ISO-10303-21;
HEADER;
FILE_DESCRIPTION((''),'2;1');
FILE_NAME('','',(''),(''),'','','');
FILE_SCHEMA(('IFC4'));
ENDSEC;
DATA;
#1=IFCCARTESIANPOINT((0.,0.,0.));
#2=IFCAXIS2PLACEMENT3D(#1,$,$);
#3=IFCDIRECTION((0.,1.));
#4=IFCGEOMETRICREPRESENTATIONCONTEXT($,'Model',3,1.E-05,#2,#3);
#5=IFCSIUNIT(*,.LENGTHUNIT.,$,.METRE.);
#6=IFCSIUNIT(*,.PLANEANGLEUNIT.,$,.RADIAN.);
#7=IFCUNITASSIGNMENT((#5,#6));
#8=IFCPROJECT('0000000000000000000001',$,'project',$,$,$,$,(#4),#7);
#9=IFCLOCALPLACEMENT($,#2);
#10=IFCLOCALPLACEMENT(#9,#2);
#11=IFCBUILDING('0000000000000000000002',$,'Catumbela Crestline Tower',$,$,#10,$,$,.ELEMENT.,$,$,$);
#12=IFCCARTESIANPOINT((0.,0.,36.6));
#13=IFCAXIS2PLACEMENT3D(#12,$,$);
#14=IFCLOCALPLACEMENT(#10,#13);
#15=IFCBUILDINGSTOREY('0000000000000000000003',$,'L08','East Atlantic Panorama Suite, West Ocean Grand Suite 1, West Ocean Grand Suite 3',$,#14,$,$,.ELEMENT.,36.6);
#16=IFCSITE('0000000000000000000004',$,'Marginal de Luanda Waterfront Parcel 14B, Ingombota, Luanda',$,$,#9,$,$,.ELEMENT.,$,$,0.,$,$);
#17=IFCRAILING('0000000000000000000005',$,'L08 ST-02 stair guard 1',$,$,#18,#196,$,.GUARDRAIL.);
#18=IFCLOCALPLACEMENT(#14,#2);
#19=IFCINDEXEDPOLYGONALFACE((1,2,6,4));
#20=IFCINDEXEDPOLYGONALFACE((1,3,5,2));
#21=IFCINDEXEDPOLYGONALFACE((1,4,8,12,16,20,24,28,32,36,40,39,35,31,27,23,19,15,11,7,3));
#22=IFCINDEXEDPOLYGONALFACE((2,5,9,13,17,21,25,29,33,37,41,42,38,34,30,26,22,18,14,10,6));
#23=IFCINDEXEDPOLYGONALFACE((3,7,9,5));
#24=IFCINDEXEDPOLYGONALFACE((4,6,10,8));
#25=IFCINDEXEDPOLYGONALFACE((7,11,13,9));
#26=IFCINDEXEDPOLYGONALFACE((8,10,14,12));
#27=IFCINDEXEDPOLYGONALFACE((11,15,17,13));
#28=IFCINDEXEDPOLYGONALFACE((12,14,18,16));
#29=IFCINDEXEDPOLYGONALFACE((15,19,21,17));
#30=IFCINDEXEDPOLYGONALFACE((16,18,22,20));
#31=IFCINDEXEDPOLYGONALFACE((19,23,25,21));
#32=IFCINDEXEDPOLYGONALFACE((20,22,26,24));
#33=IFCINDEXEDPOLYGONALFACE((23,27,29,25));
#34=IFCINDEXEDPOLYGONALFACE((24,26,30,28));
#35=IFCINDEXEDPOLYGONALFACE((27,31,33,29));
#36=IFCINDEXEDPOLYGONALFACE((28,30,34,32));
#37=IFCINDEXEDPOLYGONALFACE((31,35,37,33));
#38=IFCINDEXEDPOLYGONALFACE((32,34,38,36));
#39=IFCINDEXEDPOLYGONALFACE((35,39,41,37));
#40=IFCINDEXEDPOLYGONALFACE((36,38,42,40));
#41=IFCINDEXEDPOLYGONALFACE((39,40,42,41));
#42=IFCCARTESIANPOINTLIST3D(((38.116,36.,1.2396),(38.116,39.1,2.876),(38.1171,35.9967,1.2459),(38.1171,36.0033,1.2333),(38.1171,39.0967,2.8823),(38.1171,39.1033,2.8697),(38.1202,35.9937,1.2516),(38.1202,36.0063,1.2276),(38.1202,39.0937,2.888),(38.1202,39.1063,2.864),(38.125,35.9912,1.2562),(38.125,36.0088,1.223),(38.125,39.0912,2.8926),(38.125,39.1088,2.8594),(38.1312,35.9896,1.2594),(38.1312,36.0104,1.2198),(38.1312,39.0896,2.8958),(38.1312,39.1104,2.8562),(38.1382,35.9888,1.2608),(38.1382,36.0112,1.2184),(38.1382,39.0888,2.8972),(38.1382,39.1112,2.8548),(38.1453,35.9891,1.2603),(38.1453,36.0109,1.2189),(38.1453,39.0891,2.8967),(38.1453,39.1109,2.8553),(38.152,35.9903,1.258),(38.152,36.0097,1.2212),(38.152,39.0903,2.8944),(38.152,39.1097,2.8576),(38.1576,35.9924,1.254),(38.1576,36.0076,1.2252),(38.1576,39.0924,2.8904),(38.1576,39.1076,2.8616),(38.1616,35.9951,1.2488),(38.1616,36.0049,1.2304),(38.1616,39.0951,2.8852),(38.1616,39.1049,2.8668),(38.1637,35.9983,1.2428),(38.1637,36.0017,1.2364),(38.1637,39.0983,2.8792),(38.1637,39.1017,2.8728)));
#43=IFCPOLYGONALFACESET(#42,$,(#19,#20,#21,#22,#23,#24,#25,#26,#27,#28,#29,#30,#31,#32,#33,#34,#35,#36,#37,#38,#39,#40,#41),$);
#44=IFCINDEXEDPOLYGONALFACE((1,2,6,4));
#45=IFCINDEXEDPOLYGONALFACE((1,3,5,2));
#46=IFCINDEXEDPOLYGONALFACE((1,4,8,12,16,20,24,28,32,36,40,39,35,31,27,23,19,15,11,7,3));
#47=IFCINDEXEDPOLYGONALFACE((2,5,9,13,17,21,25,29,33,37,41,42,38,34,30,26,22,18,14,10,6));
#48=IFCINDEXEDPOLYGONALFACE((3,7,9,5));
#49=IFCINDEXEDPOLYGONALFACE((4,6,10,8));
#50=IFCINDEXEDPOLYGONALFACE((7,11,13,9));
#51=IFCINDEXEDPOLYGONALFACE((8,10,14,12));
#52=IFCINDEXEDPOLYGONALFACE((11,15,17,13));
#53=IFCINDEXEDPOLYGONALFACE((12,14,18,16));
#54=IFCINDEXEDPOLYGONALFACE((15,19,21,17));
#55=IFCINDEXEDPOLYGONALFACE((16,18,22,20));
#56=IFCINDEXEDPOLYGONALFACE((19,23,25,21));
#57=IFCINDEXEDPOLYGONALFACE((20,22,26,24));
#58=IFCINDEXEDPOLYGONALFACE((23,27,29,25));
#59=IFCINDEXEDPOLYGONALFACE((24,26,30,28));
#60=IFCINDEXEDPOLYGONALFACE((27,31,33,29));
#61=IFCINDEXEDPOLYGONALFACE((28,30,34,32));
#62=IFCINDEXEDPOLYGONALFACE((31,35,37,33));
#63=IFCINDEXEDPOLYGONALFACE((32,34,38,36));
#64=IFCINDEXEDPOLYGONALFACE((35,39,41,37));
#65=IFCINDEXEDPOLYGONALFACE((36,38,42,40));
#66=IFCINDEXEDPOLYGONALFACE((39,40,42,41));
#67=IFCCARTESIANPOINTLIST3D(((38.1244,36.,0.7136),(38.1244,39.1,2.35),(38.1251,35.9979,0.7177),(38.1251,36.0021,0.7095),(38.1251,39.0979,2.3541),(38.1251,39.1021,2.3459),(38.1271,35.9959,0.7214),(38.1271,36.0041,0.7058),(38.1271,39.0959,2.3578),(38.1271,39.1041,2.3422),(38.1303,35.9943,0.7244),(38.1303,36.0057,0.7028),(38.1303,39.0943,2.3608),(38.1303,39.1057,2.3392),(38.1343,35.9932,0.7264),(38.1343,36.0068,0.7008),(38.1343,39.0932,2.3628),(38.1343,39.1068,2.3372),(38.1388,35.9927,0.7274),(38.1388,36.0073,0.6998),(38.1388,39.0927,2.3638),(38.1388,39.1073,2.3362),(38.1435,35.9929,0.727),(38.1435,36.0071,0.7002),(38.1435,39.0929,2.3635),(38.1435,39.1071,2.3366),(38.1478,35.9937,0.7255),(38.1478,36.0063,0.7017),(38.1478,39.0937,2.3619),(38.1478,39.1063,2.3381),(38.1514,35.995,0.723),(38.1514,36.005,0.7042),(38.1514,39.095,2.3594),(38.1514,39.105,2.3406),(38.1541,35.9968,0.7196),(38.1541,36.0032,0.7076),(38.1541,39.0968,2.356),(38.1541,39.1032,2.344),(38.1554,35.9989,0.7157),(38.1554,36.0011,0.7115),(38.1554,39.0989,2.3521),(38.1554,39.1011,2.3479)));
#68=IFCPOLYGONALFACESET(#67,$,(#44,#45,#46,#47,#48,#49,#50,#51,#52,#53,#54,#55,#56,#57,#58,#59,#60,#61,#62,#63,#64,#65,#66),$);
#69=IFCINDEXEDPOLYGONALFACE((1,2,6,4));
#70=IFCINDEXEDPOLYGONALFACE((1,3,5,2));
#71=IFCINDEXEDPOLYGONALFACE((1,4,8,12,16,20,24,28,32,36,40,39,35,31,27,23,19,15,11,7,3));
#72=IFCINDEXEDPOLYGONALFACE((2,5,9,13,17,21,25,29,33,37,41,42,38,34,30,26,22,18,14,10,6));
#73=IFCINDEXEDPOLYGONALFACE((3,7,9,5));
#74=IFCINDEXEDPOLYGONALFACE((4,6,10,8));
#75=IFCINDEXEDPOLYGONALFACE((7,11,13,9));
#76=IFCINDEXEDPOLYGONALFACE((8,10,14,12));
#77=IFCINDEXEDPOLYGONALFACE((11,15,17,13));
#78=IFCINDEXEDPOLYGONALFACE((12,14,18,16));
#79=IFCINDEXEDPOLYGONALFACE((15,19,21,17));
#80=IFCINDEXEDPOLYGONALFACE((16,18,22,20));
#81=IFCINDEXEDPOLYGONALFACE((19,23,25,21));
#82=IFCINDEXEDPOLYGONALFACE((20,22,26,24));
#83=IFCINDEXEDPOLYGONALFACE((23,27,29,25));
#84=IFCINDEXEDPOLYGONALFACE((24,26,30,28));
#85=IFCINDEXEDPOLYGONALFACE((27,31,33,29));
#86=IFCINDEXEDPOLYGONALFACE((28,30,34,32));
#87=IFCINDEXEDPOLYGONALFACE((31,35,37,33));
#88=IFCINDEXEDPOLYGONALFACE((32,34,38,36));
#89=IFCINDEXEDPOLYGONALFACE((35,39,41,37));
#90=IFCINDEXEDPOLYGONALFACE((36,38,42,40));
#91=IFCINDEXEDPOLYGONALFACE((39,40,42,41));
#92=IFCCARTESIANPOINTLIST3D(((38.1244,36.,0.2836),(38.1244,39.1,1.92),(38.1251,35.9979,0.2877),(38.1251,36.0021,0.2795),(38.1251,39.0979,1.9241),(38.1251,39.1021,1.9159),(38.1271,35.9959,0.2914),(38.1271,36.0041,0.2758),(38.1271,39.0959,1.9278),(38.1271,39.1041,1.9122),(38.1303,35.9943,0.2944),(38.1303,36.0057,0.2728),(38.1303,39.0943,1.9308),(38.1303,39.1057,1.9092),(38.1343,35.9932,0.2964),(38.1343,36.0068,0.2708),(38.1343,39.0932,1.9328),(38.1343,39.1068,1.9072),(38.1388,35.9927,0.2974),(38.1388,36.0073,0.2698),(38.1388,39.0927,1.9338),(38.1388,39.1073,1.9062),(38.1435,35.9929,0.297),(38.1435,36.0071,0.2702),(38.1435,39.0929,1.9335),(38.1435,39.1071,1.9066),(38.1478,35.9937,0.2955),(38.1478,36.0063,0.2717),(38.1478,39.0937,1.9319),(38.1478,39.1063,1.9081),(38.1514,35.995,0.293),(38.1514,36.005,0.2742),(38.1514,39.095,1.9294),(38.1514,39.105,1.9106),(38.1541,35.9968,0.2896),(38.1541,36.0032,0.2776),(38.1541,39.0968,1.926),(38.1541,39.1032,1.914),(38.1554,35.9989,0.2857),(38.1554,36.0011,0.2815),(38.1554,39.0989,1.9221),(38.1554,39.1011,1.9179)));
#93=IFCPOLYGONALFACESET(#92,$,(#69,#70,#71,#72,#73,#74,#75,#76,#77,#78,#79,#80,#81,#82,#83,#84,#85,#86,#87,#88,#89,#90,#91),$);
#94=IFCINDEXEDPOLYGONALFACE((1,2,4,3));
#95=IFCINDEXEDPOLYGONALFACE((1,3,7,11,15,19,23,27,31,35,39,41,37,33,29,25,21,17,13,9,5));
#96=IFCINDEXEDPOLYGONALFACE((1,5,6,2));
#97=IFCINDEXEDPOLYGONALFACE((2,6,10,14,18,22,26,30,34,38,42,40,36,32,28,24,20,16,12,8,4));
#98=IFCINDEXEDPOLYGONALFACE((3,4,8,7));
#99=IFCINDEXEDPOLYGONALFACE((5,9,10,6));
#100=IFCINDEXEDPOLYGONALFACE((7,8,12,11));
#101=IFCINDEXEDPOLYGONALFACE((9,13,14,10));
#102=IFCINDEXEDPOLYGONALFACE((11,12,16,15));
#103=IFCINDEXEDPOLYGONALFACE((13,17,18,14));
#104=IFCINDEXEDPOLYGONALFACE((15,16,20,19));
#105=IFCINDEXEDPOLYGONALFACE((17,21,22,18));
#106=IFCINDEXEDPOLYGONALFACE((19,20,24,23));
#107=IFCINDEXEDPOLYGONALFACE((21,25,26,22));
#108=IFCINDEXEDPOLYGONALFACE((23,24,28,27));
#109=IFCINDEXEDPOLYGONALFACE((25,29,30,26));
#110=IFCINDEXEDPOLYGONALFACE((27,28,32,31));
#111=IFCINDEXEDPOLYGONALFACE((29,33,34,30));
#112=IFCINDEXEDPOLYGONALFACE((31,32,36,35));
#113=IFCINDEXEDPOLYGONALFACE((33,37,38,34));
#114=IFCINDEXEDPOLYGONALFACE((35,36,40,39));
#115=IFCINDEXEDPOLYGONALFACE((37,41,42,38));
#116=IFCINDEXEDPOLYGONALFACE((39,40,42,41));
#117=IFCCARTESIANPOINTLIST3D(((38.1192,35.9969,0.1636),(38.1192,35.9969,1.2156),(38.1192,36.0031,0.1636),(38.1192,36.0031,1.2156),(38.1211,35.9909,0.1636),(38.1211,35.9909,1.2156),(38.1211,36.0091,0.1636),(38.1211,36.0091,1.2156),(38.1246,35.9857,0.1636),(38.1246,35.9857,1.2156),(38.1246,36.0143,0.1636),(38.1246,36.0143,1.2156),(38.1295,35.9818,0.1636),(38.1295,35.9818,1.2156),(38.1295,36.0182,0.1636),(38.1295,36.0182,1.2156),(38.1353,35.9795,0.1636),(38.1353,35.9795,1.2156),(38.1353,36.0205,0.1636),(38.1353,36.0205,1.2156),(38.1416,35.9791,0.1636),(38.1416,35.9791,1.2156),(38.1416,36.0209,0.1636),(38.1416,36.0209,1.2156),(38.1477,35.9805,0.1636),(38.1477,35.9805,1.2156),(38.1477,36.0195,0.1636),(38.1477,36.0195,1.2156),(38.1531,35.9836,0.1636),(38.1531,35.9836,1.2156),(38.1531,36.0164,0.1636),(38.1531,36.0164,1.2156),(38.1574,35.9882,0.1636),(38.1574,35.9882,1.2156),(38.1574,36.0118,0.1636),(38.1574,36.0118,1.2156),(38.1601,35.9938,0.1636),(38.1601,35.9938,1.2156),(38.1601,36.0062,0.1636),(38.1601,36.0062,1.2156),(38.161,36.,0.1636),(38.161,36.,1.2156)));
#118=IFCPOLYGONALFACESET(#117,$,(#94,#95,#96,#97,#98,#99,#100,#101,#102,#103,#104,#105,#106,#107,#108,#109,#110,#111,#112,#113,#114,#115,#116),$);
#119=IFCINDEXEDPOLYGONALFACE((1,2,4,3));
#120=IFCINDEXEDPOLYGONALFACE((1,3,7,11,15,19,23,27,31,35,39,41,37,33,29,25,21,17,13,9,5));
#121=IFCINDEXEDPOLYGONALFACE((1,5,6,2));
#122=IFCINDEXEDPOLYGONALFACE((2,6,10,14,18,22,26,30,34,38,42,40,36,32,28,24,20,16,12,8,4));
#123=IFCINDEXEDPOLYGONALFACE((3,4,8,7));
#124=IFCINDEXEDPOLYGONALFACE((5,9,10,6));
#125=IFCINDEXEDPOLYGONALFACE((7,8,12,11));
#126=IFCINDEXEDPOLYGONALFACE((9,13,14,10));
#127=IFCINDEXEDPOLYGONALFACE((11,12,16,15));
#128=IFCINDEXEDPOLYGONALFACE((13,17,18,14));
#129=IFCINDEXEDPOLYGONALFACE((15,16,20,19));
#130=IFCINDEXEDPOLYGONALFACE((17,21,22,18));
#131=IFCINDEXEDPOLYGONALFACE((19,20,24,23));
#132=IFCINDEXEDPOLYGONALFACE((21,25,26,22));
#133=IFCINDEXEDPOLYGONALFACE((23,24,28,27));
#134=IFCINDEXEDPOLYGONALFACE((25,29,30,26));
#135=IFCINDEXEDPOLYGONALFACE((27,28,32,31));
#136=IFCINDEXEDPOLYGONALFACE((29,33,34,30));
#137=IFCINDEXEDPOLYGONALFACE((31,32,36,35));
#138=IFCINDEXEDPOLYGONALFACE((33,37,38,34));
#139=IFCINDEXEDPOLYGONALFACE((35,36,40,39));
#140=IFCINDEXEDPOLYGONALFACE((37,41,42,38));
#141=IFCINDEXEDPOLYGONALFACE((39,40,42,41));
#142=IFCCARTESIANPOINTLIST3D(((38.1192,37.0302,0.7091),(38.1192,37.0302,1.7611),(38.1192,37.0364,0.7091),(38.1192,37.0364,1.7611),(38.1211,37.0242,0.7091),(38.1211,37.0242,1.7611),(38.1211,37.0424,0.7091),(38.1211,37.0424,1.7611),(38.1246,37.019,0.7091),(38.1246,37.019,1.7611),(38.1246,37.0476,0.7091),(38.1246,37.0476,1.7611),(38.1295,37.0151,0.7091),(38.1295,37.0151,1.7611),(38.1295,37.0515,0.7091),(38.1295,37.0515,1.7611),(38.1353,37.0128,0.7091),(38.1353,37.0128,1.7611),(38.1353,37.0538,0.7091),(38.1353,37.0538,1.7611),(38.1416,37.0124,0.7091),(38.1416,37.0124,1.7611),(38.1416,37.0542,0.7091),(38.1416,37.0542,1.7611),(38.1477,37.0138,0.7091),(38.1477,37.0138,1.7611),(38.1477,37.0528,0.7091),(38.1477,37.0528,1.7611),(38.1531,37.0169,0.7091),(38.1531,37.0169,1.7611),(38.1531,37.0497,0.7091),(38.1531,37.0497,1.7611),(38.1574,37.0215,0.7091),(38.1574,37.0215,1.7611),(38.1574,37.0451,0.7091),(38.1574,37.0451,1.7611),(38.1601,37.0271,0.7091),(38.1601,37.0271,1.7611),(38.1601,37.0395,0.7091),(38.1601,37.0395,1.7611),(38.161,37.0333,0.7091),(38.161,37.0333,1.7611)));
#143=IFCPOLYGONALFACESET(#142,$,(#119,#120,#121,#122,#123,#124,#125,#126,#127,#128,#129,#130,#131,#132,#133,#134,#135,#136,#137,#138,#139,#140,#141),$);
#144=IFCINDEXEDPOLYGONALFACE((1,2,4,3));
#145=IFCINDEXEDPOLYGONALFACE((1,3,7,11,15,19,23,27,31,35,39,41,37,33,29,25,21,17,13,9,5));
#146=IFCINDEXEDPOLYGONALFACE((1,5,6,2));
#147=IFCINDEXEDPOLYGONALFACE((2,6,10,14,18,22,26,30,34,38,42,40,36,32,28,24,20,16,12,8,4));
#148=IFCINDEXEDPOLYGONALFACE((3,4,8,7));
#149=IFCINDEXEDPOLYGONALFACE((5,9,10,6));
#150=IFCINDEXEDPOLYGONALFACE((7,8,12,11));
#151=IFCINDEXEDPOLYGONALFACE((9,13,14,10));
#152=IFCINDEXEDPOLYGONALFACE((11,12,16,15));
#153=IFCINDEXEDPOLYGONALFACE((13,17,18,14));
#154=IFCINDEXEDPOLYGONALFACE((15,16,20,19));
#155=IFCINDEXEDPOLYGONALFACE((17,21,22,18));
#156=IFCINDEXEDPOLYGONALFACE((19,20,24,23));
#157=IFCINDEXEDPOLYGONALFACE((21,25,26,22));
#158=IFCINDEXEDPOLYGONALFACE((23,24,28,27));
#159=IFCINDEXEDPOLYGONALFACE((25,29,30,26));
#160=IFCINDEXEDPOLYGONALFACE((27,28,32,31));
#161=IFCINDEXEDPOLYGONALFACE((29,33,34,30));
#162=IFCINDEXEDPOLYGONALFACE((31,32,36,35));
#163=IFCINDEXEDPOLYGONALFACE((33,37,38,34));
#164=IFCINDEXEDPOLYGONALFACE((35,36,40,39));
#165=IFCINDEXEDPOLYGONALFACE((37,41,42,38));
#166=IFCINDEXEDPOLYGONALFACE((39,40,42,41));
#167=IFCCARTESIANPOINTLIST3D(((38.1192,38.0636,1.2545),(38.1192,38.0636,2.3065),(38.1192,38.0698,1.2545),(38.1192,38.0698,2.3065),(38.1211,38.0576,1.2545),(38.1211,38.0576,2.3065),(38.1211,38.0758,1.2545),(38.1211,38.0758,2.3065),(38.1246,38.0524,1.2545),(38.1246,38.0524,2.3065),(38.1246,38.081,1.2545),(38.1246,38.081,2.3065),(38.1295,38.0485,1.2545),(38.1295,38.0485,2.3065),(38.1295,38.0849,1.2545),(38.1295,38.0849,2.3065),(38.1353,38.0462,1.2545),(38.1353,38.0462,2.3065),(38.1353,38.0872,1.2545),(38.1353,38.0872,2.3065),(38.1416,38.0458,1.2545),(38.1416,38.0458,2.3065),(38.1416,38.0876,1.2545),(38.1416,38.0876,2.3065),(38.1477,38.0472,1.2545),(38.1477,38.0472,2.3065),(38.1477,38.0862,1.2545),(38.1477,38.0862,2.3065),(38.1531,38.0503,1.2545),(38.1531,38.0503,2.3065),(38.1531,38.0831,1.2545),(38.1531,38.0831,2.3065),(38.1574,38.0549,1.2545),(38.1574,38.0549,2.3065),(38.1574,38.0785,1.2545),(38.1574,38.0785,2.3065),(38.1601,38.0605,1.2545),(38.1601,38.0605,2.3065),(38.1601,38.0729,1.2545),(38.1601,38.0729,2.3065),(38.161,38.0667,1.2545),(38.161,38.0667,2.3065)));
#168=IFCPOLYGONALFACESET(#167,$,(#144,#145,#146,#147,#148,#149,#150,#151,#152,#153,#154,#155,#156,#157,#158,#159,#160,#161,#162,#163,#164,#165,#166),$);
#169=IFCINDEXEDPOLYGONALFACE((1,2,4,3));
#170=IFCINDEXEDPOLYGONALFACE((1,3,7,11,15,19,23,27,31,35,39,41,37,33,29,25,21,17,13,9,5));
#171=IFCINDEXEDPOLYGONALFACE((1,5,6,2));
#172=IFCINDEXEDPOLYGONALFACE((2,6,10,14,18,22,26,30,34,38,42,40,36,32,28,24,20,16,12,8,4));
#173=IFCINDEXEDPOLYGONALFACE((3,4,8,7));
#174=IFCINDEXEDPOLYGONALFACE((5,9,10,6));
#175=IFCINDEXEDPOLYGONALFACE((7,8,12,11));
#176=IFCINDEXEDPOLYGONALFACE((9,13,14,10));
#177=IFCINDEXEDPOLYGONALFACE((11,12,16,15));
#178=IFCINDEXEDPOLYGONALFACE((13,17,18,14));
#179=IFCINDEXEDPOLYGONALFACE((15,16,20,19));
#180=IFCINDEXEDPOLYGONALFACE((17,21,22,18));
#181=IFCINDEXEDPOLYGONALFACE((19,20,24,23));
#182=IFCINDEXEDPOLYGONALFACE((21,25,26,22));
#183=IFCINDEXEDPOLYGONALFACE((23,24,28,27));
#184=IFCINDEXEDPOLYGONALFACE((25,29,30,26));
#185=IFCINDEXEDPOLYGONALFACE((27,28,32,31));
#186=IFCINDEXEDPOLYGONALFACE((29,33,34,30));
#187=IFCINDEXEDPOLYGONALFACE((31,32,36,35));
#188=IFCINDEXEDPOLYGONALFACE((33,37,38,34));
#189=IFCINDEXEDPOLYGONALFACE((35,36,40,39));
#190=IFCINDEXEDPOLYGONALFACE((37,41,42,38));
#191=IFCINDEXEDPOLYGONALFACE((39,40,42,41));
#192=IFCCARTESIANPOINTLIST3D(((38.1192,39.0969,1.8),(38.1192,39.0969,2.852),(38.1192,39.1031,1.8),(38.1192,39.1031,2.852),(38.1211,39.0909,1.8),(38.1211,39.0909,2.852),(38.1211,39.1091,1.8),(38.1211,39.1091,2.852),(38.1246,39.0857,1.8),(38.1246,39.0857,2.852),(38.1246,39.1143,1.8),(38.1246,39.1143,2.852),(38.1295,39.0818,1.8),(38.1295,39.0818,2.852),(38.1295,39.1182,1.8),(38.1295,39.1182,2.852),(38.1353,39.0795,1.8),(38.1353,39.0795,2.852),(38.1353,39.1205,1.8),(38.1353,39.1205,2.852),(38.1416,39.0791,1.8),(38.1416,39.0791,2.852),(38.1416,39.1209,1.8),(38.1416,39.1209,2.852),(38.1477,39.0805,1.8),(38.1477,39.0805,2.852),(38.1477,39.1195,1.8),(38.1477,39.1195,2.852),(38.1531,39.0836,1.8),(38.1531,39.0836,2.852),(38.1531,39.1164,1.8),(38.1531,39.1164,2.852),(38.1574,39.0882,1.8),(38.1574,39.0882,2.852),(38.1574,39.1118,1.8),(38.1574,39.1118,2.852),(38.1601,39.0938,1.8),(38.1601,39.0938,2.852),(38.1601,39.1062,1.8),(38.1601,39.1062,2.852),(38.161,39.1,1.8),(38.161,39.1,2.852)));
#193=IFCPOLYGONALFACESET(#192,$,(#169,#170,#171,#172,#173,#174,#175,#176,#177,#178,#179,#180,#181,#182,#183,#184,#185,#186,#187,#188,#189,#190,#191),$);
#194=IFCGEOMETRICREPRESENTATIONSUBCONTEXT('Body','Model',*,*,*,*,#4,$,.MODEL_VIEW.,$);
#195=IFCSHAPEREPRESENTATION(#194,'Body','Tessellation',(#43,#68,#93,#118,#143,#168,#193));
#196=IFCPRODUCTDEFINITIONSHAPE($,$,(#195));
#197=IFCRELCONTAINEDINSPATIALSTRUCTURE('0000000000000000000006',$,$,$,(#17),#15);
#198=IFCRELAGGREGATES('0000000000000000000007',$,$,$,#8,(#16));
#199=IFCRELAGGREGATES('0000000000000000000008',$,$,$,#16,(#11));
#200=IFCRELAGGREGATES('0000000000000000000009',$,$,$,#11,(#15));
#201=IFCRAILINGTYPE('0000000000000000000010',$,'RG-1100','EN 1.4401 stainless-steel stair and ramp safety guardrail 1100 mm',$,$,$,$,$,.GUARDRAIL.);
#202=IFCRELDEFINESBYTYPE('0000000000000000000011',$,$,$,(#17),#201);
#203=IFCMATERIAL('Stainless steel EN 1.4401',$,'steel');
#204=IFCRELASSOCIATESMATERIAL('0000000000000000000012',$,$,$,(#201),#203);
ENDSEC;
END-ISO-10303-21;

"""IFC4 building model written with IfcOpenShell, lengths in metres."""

from ifc_helpers import new_model, si_unit, direction, frame, origin, origin_2d, place, context, subcontext, project, spatial, circle, extrude, material, type_object, element, save


model = new_model("IFC4")

# Units and contexts
model_context = context("Model", 3, precision=1e-05, world=origin(), true_north=direction((0.0, 1.0)))
body_context = subcontext(model_context, "Body", "Model", "MODEL_VIEW")
ifc_project = project(units=[si_unit("LENGTHUNIT", "METRE"), si_unit("PLANEANGLEUNIT", "RADIAN")], contexts=[model_context])

# Site, building, storey
site_placement = place(None, origin())
site = spatial("IfcSite", under=ifc_project, at=site_placement, Name="Marginal de Luanda Waterfront Parcel 14B, Ingombota, Luanda", CompositionType="ELEMENT", RefElevation=0.0)
building_placement = place(site_placement, origin())
building = spatial("IfcBuilding", under=site, at=building_placement, Name="Catumbela Crestline Tower", CompositionType="ELEMENT")
storey_placement = place(building_placement, frame((0.0, 0.0, 36.6)))
storey = spatial("IfcBuildingStorey", under=building, at=storey_placement, Name="L08", Description="East Atlantic Panorama Suite, West Ocean Grand Suite 1, West Ocean Grand Suite 3", CompositionType="ELEMENT", Elevation=36.6)

# Shared definitions
ifc_material_1 = material(Name="Stainless steel EN 1.4401", Category="steel")

# Railing
railing_type_1 = type_object("IfcRailingType", Name="RG-1100", Description="EN 1.4401 stainless-steel stair and ramp safety guardrail 1100 mm", PredefinedType="GUARDRAIL", material=ifc_material_1)
railing_1_placement = place(storey_placement, frame((38.14, 36.0, 0.1636)))
element("IfcRailing", 1, at=railing_1_placement, inside=storey, type_object=railing_type_1, Name="L08 ST-02 stair guard 1", PredefinedType="GUARDRAIL", context=body_context, shape_type="SweptSolid", body=[
    extrude(circle(Radius=0.024, at=origin_2d()), frame((0.0, 0.0, 1.076), z_axis=(0.0, 0.884351, 0.466823), x_axis=(-1.0, 0.0, 0.0)), (0.0, 0.0, 1.0), 3.5054),
    extrude(circle(Radius=0.0156, at=origin_2d()), frame((0.0, 0.0, 0.55), z_axis=(0.0, 0.884351, 0.466823), x_axis=(-1.0, 0.0, 0.0)), (0.0, 0.0, 1.0), 3.5054),
    extrude(circle(Radius=0.0156, at=origin_2d()), frame((0.0, 0.0, 0.12), z_axis=(0.0, 0.884351, 0.466823), x_axis=(-1.0, 0.0, 0.0)), (0.0, 0.0, 1.0), 3.5054),
    extrude(circle(Radius=0.021, at=origin_2d()), origin(), (0.0, 0.0, 1.0), 1.052),
    extrude(circle(Radius=0.021, at=origin_2d()), frame((0.0, 1.0333, 0.5455)), (0.0, 0.0, 1.0), 1.052),
    extrude(circle(Radius=0.021, at=origin_2d()), frame((0.0, 2.0667, 1.0909)), (0.0, 0.0, 1.0), 1.052),
    extrude(circle(Radius=0.021, at=origin_2d()), frame((0.0, 3.1, 1.6364)), (0.0, 0.0, 1.0), 1.052),
])

save(model, "model.ifc")
